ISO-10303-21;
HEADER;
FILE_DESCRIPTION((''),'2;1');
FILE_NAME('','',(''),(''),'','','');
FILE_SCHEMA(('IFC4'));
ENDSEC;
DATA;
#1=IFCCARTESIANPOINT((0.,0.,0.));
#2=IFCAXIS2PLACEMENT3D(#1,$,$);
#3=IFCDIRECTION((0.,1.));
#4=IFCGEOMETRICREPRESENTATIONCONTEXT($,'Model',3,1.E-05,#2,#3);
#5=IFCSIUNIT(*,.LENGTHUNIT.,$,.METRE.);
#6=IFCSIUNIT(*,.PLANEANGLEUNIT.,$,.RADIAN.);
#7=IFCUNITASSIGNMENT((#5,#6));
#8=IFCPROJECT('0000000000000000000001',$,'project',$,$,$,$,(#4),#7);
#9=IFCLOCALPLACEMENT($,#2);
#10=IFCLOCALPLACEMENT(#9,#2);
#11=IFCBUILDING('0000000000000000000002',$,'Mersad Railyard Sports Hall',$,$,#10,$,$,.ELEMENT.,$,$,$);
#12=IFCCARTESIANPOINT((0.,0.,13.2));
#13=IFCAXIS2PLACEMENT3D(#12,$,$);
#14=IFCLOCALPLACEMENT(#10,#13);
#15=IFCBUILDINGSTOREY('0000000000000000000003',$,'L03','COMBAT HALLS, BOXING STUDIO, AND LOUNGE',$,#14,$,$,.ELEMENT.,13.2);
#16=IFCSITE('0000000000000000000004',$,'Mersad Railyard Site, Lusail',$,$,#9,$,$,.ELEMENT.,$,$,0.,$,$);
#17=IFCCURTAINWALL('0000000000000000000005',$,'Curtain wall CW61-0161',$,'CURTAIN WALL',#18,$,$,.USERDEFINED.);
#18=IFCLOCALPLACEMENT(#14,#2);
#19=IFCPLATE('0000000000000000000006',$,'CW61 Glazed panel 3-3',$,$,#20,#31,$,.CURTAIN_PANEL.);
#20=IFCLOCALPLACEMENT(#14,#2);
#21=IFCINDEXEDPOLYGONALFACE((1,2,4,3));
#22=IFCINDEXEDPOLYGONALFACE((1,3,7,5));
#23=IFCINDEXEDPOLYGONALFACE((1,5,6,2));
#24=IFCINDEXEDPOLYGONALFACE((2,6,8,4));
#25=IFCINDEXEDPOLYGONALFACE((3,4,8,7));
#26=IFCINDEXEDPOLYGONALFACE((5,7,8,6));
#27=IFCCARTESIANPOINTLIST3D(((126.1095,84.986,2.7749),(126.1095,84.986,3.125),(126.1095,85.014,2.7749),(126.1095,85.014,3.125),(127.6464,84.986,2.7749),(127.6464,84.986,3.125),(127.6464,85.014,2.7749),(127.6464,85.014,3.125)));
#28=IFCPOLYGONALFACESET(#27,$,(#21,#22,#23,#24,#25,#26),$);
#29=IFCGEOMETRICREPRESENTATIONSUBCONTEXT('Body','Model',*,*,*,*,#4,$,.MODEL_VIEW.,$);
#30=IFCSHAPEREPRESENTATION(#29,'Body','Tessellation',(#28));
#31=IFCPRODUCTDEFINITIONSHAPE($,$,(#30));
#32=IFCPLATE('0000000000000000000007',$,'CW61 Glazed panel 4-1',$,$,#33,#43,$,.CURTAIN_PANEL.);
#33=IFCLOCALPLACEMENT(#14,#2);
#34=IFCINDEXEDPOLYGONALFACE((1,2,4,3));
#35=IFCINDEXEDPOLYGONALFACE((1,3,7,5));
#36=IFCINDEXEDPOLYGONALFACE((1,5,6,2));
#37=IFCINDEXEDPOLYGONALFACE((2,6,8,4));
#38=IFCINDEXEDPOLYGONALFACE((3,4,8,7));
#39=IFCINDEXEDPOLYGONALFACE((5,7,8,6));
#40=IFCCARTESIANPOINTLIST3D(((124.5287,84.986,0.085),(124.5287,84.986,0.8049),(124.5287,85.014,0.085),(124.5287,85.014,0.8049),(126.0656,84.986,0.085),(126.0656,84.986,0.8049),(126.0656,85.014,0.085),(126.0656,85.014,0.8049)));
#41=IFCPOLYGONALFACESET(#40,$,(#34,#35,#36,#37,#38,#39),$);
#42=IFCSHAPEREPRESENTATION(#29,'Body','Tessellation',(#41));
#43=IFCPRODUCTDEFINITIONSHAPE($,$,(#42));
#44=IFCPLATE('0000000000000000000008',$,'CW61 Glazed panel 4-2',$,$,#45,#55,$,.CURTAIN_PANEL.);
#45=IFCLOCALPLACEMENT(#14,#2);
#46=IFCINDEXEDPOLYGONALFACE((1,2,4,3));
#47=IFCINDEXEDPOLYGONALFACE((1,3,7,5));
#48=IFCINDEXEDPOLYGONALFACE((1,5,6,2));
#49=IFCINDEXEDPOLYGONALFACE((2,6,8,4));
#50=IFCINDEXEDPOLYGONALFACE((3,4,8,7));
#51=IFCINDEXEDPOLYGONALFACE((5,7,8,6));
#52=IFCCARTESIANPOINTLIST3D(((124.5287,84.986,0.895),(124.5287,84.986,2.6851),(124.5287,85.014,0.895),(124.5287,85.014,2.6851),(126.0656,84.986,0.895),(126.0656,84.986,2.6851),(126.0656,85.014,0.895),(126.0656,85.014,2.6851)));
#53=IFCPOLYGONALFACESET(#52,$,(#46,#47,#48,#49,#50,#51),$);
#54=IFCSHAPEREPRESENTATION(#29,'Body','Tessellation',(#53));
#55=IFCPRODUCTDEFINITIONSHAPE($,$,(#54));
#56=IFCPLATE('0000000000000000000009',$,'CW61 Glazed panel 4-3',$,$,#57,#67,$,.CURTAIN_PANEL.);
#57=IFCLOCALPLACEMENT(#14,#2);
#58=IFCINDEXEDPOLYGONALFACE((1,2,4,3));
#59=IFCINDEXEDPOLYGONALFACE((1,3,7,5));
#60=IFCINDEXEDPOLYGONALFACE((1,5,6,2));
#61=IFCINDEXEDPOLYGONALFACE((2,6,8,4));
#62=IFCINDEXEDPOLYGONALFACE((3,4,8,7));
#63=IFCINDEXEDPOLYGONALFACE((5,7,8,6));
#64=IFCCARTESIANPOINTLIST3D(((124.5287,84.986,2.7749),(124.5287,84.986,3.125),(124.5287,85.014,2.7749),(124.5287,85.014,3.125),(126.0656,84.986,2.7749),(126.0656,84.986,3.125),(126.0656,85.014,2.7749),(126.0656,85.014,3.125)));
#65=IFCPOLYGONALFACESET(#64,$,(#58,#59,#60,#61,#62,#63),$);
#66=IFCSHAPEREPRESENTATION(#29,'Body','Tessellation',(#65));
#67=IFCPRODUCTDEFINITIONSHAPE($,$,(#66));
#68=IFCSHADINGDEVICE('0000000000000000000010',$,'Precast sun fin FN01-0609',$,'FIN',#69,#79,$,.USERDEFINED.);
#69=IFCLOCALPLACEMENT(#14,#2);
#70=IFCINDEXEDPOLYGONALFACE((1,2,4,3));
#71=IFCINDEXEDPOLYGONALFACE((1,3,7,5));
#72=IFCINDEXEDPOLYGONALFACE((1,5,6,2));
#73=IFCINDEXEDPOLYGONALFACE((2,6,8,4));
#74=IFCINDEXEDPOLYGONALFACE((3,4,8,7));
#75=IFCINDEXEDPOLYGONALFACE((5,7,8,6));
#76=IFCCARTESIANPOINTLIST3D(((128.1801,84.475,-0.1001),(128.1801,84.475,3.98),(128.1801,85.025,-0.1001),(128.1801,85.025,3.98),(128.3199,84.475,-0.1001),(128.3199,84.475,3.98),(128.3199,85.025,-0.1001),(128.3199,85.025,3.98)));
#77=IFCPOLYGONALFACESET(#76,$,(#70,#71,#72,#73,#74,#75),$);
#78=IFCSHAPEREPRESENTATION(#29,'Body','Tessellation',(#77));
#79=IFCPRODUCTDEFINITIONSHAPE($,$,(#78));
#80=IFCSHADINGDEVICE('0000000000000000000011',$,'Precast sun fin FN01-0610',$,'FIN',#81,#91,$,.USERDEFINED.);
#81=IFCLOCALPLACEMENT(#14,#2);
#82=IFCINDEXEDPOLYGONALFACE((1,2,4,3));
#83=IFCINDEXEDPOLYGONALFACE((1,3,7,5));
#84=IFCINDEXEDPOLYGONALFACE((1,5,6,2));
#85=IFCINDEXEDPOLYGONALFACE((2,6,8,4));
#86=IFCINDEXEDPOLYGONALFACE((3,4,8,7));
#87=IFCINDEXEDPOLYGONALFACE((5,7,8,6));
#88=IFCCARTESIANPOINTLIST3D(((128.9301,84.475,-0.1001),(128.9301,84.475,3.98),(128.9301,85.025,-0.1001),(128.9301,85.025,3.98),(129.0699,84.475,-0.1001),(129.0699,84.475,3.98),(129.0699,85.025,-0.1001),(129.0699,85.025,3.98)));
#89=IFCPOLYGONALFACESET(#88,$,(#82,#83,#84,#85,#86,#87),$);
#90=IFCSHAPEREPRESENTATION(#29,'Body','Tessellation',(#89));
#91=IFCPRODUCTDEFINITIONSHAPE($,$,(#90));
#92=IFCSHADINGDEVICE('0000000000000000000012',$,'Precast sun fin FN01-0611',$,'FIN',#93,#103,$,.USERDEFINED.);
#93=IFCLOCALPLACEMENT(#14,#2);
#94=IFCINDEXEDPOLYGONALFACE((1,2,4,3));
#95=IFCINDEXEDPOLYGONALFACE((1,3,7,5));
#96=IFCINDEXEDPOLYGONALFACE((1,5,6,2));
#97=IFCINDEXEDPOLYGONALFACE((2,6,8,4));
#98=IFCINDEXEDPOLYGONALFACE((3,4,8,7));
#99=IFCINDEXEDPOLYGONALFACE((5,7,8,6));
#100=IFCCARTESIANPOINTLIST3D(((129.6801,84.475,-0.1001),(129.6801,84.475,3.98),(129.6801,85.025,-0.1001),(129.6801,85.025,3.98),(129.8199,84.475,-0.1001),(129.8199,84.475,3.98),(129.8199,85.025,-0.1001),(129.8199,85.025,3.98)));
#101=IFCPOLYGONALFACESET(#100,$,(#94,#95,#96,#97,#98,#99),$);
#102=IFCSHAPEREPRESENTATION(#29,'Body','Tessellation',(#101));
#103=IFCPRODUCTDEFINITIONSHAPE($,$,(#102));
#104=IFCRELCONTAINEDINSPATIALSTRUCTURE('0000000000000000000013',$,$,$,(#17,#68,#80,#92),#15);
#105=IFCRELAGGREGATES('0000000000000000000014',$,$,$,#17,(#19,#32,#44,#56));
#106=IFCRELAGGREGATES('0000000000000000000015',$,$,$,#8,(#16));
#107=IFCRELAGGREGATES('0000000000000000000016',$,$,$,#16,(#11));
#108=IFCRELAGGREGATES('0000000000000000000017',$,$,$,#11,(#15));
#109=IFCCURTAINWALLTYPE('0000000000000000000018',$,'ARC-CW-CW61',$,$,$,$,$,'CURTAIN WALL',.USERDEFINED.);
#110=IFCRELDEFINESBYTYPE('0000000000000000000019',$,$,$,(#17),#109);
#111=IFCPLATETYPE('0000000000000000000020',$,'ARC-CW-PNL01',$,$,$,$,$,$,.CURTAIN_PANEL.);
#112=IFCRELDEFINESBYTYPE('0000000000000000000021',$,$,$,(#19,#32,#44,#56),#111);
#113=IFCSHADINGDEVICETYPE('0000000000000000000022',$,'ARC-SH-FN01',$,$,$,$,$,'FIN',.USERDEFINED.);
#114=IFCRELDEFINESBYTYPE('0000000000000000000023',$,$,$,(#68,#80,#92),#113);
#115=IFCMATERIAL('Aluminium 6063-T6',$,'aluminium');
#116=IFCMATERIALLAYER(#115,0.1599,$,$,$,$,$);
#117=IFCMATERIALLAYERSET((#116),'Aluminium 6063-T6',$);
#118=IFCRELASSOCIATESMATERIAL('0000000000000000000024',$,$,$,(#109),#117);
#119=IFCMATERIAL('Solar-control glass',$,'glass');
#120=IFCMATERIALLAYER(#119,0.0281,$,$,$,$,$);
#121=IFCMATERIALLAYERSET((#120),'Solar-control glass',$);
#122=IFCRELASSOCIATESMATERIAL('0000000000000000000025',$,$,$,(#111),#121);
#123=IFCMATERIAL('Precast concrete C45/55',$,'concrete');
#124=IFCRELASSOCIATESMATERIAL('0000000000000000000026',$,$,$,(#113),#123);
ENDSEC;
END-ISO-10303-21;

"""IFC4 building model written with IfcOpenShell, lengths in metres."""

from ifc_helpers import new_model, si_unit, direction, frame, origin, origin_2d, place, context, subcontext, project, spatial, rectangle, extrude, material, layer, layer_set, type_object, element, aggregate, save


model = new_model("IFC4")

# Units and contexts
model_context = context("Model", 3, precision=1e-05, world=origin(), true_north=direction((0.0, 1.0)))
body_context = subcontext(model_context, "Body", "Model", "MODEL_VIEW")
ifc_project = project(units=[si_unit("LENGTHUNIT", "METRE"), si_unit("PLANEANGLEUNIT", "RADIAN")], contexts=[model_context])

# Site, building, storey
site_placement = place(None, origin())
site = spatial("IfcSite", under=ifc_project, at=site_placement, Name="Mersad Railyard Site, Lusail", CompositionType="ELEMENT", RefElevation=0.0)
building_placement = place(site_placement, origin())
building = spatial("IfcBuilding", under=site, at=building_placement, Name="Mersad Railyard Sports Hall", CompositionType="ELEMENT")
storey_placement = place(building_placement, frame((0.0, 0.0, 13.2)))
storey = spatial("IfcBuildingStorey", under=building, at=storey_placement, Name="L03", Description="COMBAT HALLS, BOXING STUDIO, AND LOUNGE", CompositionType="ELEMENT", Elevation=13.2)

# Shared definitions
ifc_material_1 = material(Name="Aluminium 6063-T6", Category="aluminium")

# Curtain wall, plates
ifc_layer_1 = layer(ifc_material_1, 0.1599)
ifc_layer_set_1 = layer_set([ifc_layer_1], Name="Aluminium 6063-T6")
curtain_wall_type_1 = type_object("IfcCurtainWallType", Name="ARC-CW-CW61", ElementType="CURTAIN WALL", PredefinedType="USERDEFINED", material=ifc_layer_set_1)
curtain_wall_1_placement = place(storey_placement, origin())
curtain_wall_1 = element("IfcCurtainWall", 1, at=curtain_wall_1_placement, inside=storey, type_object=curtain_wall_type_1, Name="Curtain wall CW61-0161", ObjectType="CURTAIN WALL", PredefinedType="USERDEFINED")
ifc_material_2 = material(Name="Solar-control glass", Category="glass")
ifc_layer_2 = layer(ifc_material_2, 0.0281)
ifc_layer_set_2 = layer_set([ifc_layer_2], Name="Solar-control glass")
plate_type = type_object("IfcPlateType", Name="ARC-CW-PNL01", PredefinedType="CURTAIN_PANEL", material=ifc_layer_set_2)
plate_1_placement = place(storey_placement, frame((126.8779, 85.0, 2.7749), z_axis=(0.0, 0.0, 1.0), x_axis=(-1.0, 0.0, 0.0)))
plate_1 = element("IfcPlate", 2, at=plate_1_placement, type_object=plate_type, Name="CW61 Glazed panel 3-3", PredefinedType="CURTAIN_PANEL", context=body_context, shape_type="SweptSolid", body=[
    extrude(rectangle(XDim=1.5369, YDim=0.0281, at=origin_2d()), origin(), (0.0, 0.0, 1.0), 0.3501),
])
plate_2_placement = place(storey_placement, frame((125.2971, 85.0, 0.085), z_axis=(0.0, 0.0, 1.0), x_axis=(-1.0, 0.0, 0.0)))
plate_2 = element("IfcPlate", 3, at=plate_2_placement, type_object=plate_type, Name="CW61 Glazed panel 4-1", PredefinedType="CURTAIN_PANEL", context=body_context, shape_type="SweptSolid", body=[
    extrude(rectangle(XDim=1.5369, YDim=0.0281, at=origin_2d()), origin(), (0.0, 0.0, 1.0), 0.72),
])
plate_3_placement = place(storey_placement, frame((125.2971, 85.0, 0.895), z_axis=(0.0, 0.0, 1.0), x_axis=(-1.0, 0.0, 0.0)))
plate_3 = element("IfcPlate", 4, at=plate_3_placement, type_object=plate_type, Name="CW61 Glazed panel 4-2", PredefinedType="CURTAIN_PANEL", context=body_context, shape_type="SweptSolid", body=[
    extrude(rectangle(XDim=1.5369, YDim=0.0281, at=origin_2d()), origin(), (0.0, 0.0, 1.0), 1.79),
])
plate_4_placement = place(storey_placement, frame((125.2971, 85.0, 2.7749), z_axis=(0.0, 0.0, 1.0), x_axis=(-1.0, 0.0, 0.0)))
plate_4 = element("IfcPlate", 5, at=plate_4_placement, type_object=plate_type, Name="CW61 Glazed panel 4-3", PredefinedType="CURTAIN_PANEL", context=body_context, shape_type="SweptSolid", body=[
    extrude(rectangle(XDim=1.5369, YDim=0.0281, at=origin_2d()), origin(), (0.0, 0.0, 1.0), 0.3501),
])
aggregate(curtain_wall_1, [plate_1, plate_2, plate_3, plate_4])

# Shading devices
ifc_material_3 = material(Name="Precast concrete C45/55", Category="concrete")
shading_device_type = type_object("IfcShadingDeviceType", Name="ARC-SH-FN01", ElementType="FIN", PredefinedType="USERDEFINED", material=ifc_material_3)
for number, where, z_axis, x_axis, name in (
    (6, (128.25, 84.75, -0.1001), (0.0, 0.0, 1.0), (1.0, 0.0, 0.0), "Precast sun fin FN01-0609"),
    (7, (129.0, 84.75, -0.1001), (0.0, 0.0, 1.0), (1.0, 0.0, 0.0), "Precast sun fin FN01-0610"),
    (8, (129.75, 84.75, -0.1001), (0.0, 0.0, 1.0), (1.0, 0.0, 0.0), "Precast sun fin FN01-0611"),
):
    element("IfcShadingDevice", number, at=place(storey_placement, frame(where, z_axis=z_axis, x_axis=x_axis)), inside=storey, type_object=shading_device_type, Name=name, ObjectType="FIN", PredefinedType="USERDEFINED", context=body_context, shape_type="SweptSolid", body=[
        extrude(rectangle(XDim=0.1399, YDim=0.55, at=origin_2d()), origin(), (0.0, 0.0, 1.0), 4.0801),
    ])

save(model, "model.ifc")
